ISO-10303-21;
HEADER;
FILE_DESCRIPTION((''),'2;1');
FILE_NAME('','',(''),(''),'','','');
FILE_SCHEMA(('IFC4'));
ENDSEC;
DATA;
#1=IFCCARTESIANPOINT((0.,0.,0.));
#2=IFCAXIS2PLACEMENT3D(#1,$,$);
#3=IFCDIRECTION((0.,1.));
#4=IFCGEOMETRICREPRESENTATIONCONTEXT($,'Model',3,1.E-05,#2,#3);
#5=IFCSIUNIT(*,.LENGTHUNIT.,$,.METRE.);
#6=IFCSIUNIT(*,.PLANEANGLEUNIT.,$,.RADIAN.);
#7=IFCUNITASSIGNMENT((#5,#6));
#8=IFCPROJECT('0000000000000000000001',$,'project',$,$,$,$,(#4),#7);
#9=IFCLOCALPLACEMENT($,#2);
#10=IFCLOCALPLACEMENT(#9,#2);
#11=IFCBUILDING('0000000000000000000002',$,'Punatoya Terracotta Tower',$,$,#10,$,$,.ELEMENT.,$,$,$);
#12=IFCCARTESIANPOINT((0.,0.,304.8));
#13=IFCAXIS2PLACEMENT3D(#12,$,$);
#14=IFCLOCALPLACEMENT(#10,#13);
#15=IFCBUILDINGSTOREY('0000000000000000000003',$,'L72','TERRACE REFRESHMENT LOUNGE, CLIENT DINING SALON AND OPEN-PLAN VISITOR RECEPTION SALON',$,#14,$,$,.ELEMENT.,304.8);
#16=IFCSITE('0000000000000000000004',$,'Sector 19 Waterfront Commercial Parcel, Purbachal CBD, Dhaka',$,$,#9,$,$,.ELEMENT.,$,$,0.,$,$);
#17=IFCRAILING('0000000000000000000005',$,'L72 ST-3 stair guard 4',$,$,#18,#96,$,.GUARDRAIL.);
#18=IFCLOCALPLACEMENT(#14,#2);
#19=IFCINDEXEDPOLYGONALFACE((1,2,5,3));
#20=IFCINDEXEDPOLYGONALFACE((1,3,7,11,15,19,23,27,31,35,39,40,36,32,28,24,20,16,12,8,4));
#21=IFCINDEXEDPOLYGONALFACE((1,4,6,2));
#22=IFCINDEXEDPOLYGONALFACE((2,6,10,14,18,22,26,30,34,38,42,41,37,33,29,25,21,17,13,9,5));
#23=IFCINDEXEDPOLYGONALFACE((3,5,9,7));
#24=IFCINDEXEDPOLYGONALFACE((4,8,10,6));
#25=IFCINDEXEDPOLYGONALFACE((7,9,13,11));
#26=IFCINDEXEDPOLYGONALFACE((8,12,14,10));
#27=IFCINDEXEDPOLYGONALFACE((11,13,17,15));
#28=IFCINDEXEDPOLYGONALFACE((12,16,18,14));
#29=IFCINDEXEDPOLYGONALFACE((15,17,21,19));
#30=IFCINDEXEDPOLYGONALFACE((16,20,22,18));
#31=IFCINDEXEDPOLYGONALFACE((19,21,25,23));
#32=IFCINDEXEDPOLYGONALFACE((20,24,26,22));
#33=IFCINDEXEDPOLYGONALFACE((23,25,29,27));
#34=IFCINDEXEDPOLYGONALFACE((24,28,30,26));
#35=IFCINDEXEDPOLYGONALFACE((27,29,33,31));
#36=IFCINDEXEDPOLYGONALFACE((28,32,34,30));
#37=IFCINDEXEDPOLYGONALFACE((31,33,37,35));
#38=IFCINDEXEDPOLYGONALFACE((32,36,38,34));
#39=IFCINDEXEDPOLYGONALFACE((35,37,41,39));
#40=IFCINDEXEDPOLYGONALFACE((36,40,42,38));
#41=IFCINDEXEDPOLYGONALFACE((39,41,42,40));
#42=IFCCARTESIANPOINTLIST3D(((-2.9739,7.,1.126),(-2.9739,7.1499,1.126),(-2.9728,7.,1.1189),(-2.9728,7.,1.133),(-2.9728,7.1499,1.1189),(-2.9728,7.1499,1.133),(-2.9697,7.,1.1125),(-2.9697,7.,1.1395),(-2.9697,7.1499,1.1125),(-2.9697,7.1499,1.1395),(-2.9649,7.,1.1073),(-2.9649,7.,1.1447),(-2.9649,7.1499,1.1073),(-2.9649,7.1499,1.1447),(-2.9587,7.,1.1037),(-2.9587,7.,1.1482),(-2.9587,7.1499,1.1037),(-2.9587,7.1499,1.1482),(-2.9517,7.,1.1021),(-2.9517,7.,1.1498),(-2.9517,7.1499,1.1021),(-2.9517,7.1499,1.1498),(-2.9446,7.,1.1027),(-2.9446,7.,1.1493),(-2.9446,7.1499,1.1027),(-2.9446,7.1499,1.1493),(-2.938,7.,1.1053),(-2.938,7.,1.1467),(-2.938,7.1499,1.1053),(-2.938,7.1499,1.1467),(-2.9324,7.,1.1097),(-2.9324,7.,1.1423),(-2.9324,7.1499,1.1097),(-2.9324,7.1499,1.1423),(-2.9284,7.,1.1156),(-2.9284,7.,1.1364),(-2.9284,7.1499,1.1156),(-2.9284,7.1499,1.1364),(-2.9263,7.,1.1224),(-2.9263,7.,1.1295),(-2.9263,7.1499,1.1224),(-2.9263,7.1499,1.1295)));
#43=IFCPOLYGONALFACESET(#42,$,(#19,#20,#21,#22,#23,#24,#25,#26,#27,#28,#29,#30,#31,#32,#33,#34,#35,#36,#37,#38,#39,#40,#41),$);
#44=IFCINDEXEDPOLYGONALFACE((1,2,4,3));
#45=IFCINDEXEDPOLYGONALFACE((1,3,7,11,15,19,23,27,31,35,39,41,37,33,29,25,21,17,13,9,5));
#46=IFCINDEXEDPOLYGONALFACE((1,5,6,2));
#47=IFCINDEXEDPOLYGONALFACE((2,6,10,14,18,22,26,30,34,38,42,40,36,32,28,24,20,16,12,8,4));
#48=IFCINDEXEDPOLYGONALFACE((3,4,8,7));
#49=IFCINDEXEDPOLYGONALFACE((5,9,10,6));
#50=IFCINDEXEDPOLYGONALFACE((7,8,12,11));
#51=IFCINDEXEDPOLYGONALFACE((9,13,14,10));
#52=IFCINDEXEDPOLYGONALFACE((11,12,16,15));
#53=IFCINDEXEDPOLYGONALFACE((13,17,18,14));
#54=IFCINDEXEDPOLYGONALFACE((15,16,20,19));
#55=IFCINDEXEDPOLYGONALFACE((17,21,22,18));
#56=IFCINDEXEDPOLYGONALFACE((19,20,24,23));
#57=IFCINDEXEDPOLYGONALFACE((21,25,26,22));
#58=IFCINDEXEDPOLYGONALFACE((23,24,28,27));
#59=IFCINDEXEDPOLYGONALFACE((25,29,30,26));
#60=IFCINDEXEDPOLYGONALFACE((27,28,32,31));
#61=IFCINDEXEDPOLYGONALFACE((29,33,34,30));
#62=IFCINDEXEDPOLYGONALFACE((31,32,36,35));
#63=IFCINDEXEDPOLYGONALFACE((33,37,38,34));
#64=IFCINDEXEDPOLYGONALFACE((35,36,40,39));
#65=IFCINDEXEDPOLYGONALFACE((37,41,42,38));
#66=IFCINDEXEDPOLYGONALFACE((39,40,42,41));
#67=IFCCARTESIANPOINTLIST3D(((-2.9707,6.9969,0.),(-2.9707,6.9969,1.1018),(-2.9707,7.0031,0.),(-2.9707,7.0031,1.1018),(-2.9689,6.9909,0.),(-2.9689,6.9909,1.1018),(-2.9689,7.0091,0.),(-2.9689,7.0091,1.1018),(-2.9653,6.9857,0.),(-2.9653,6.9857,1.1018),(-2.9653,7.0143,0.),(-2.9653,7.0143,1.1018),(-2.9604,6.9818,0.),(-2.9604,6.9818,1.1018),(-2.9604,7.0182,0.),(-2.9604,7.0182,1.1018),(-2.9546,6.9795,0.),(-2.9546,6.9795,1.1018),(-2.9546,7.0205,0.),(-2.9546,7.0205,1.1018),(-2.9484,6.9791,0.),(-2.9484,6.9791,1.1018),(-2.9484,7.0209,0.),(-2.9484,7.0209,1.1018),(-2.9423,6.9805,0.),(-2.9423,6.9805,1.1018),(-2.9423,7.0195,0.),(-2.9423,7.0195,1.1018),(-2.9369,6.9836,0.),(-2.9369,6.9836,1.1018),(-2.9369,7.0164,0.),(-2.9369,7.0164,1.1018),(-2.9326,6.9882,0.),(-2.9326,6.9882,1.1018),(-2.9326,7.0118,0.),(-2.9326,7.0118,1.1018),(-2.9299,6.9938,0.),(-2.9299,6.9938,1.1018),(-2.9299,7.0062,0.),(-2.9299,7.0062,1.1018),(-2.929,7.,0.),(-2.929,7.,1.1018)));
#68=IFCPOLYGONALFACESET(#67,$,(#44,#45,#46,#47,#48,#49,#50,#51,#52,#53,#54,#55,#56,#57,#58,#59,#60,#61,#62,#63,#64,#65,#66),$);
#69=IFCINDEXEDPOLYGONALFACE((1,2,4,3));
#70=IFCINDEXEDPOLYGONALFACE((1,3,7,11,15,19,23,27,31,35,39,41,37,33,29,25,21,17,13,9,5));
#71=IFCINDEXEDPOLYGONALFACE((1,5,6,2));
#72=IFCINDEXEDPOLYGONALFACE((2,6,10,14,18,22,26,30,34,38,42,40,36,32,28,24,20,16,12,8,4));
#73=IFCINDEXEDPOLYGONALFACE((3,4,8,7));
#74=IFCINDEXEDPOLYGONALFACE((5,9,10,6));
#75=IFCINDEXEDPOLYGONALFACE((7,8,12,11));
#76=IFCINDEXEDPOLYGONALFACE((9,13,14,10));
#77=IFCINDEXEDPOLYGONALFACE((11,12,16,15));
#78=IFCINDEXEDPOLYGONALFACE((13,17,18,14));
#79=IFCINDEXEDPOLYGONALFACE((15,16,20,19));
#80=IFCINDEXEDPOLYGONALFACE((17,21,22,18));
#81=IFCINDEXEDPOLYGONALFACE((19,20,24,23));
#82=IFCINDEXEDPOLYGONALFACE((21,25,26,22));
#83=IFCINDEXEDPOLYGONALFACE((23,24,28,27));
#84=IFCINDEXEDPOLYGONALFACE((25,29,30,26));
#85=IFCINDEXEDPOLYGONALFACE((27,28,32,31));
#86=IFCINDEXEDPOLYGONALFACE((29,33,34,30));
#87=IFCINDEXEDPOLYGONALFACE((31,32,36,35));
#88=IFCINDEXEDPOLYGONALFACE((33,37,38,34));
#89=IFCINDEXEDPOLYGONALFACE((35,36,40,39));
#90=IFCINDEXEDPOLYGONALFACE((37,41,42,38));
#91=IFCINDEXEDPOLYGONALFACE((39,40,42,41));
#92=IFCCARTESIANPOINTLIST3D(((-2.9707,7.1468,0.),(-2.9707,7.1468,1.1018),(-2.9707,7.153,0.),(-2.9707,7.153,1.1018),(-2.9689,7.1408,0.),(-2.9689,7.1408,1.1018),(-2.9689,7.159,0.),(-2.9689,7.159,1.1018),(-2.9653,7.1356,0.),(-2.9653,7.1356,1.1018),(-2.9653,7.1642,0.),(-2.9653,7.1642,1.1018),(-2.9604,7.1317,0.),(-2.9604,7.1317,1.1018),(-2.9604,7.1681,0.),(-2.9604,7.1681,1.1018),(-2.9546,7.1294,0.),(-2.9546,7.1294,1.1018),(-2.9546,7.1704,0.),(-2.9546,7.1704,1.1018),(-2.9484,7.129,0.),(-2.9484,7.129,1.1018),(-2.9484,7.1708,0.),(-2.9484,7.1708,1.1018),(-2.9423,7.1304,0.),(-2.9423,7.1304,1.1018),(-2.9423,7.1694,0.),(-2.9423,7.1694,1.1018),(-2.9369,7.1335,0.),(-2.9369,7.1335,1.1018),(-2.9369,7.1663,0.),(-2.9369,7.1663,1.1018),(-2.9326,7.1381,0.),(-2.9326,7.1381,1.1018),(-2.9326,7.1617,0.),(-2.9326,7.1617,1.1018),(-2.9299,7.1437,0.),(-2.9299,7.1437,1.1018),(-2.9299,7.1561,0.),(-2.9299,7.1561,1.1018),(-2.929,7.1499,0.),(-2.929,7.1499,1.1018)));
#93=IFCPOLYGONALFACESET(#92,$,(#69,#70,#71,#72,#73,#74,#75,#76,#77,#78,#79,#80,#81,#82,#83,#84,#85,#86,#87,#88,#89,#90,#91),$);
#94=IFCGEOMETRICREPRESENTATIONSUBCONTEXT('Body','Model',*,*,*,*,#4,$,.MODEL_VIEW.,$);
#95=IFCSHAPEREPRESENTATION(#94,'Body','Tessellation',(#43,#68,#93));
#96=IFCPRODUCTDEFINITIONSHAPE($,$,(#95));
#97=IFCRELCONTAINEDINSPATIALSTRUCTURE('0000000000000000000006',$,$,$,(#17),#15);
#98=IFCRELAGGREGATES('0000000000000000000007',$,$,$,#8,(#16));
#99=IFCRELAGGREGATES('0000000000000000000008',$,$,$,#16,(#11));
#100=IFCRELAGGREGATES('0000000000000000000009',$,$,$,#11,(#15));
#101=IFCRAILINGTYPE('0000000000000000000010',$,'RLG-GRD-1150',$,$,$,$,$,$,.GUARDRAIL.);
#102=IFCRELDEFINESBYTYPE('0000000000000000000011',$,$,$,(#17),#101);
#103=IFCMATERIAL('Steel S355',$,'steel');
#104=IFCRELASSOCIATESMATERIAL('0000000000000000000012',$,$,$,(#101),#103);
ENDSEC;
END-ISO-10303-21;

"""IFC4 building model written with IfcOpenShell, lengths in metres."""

from ifc_helpers import new_model, si_unit, direction, frame, origin, origin_2d, place, context, subcontext, project, spatial, circle, extrude, material, type_object, element, save


model = new_model("IFC4")

# Units and contexts
model_context = context("Model", 3, precision=1e-05, world=origin(), true_north=direction((0.0, 1.0)))
body_context = subcontext(model_context, "Body", "Model", "MODEL_VIEW")
ifc_project = project(units=[si_unit("LENGTHUNIT", "METRE"), si_unit("PLANEANGLEUNIT", "RADIAN")], contexts=[model_context])

# Site, building, storey
site_placement = place(None, origin())
site = spatial("IfcSite", under=ifc_project, at=site_placement, Name="Sector 19 Waterfront Commercial Parcel, Purbachal CBD, Dhaka", CompositionType="ELEMENT", RefElevation=0.0)
building_placement = place(site_placement, origin())
building = spatial("IfcBuilding", under=site, at=building_placement, Name="Punatoya Terracotta Tower", CompositionType="ELEMENT")
storey_placement = place(building_placement, frame((0.0, 0.0, 304.8)))
storey = spatial("IfcBuildingStorey", under=building, at=storey_placement, Name="L72", Description="TERRACE REFRESHMENT LOUNGE, CLIENT DINING SALON AND OPEN-PLAN VISITOR RECEPTION SALON", CompositionType="ELEMENT", Elevation=304.8)

# Shared definitions
ifc_material_1 = material(Name="Steel S355", Category="steel")

# Railing
railing_type_1 = type_object("IfcRailingType", Name="RLG-GRD-1150", PredefinedType="GUARDRAIL", material=ifc_material_1)
railing_1_placement = place(storey_placement, frame((-2.95, 7.0, 0.0)))
element("IfcRailing", 1, at=railing_1_placement, inside=storey, type_object=railing_type_1, Name="L72 ST-3 stair guard 4", PredefinedType="GUARDRAIL", context=body_context, shape_type="SweptSolid", body=[
    extrude(circle(Radius=0.0239, at=origin_2d()), frame((0.0, 0.0, 1.126), z_axis=(0.0, 1.0, 0.0), x_axis=(-1.0, 0.0, 0.0)), (0.0, 0.0, 1.0), 0.1499),
    extrude(circle(Radius=0.021, at=origin_2d()), origin(), (0.0, 0.0, 1.0), 1.1018),
    extrude(circle(Radius=0.021, at=origin_2d()), frame((0.0, 0.1499, 0.0)), (0.0, 0.0, 1.0), 1.1018),
])

save(model, "model.ifc")
